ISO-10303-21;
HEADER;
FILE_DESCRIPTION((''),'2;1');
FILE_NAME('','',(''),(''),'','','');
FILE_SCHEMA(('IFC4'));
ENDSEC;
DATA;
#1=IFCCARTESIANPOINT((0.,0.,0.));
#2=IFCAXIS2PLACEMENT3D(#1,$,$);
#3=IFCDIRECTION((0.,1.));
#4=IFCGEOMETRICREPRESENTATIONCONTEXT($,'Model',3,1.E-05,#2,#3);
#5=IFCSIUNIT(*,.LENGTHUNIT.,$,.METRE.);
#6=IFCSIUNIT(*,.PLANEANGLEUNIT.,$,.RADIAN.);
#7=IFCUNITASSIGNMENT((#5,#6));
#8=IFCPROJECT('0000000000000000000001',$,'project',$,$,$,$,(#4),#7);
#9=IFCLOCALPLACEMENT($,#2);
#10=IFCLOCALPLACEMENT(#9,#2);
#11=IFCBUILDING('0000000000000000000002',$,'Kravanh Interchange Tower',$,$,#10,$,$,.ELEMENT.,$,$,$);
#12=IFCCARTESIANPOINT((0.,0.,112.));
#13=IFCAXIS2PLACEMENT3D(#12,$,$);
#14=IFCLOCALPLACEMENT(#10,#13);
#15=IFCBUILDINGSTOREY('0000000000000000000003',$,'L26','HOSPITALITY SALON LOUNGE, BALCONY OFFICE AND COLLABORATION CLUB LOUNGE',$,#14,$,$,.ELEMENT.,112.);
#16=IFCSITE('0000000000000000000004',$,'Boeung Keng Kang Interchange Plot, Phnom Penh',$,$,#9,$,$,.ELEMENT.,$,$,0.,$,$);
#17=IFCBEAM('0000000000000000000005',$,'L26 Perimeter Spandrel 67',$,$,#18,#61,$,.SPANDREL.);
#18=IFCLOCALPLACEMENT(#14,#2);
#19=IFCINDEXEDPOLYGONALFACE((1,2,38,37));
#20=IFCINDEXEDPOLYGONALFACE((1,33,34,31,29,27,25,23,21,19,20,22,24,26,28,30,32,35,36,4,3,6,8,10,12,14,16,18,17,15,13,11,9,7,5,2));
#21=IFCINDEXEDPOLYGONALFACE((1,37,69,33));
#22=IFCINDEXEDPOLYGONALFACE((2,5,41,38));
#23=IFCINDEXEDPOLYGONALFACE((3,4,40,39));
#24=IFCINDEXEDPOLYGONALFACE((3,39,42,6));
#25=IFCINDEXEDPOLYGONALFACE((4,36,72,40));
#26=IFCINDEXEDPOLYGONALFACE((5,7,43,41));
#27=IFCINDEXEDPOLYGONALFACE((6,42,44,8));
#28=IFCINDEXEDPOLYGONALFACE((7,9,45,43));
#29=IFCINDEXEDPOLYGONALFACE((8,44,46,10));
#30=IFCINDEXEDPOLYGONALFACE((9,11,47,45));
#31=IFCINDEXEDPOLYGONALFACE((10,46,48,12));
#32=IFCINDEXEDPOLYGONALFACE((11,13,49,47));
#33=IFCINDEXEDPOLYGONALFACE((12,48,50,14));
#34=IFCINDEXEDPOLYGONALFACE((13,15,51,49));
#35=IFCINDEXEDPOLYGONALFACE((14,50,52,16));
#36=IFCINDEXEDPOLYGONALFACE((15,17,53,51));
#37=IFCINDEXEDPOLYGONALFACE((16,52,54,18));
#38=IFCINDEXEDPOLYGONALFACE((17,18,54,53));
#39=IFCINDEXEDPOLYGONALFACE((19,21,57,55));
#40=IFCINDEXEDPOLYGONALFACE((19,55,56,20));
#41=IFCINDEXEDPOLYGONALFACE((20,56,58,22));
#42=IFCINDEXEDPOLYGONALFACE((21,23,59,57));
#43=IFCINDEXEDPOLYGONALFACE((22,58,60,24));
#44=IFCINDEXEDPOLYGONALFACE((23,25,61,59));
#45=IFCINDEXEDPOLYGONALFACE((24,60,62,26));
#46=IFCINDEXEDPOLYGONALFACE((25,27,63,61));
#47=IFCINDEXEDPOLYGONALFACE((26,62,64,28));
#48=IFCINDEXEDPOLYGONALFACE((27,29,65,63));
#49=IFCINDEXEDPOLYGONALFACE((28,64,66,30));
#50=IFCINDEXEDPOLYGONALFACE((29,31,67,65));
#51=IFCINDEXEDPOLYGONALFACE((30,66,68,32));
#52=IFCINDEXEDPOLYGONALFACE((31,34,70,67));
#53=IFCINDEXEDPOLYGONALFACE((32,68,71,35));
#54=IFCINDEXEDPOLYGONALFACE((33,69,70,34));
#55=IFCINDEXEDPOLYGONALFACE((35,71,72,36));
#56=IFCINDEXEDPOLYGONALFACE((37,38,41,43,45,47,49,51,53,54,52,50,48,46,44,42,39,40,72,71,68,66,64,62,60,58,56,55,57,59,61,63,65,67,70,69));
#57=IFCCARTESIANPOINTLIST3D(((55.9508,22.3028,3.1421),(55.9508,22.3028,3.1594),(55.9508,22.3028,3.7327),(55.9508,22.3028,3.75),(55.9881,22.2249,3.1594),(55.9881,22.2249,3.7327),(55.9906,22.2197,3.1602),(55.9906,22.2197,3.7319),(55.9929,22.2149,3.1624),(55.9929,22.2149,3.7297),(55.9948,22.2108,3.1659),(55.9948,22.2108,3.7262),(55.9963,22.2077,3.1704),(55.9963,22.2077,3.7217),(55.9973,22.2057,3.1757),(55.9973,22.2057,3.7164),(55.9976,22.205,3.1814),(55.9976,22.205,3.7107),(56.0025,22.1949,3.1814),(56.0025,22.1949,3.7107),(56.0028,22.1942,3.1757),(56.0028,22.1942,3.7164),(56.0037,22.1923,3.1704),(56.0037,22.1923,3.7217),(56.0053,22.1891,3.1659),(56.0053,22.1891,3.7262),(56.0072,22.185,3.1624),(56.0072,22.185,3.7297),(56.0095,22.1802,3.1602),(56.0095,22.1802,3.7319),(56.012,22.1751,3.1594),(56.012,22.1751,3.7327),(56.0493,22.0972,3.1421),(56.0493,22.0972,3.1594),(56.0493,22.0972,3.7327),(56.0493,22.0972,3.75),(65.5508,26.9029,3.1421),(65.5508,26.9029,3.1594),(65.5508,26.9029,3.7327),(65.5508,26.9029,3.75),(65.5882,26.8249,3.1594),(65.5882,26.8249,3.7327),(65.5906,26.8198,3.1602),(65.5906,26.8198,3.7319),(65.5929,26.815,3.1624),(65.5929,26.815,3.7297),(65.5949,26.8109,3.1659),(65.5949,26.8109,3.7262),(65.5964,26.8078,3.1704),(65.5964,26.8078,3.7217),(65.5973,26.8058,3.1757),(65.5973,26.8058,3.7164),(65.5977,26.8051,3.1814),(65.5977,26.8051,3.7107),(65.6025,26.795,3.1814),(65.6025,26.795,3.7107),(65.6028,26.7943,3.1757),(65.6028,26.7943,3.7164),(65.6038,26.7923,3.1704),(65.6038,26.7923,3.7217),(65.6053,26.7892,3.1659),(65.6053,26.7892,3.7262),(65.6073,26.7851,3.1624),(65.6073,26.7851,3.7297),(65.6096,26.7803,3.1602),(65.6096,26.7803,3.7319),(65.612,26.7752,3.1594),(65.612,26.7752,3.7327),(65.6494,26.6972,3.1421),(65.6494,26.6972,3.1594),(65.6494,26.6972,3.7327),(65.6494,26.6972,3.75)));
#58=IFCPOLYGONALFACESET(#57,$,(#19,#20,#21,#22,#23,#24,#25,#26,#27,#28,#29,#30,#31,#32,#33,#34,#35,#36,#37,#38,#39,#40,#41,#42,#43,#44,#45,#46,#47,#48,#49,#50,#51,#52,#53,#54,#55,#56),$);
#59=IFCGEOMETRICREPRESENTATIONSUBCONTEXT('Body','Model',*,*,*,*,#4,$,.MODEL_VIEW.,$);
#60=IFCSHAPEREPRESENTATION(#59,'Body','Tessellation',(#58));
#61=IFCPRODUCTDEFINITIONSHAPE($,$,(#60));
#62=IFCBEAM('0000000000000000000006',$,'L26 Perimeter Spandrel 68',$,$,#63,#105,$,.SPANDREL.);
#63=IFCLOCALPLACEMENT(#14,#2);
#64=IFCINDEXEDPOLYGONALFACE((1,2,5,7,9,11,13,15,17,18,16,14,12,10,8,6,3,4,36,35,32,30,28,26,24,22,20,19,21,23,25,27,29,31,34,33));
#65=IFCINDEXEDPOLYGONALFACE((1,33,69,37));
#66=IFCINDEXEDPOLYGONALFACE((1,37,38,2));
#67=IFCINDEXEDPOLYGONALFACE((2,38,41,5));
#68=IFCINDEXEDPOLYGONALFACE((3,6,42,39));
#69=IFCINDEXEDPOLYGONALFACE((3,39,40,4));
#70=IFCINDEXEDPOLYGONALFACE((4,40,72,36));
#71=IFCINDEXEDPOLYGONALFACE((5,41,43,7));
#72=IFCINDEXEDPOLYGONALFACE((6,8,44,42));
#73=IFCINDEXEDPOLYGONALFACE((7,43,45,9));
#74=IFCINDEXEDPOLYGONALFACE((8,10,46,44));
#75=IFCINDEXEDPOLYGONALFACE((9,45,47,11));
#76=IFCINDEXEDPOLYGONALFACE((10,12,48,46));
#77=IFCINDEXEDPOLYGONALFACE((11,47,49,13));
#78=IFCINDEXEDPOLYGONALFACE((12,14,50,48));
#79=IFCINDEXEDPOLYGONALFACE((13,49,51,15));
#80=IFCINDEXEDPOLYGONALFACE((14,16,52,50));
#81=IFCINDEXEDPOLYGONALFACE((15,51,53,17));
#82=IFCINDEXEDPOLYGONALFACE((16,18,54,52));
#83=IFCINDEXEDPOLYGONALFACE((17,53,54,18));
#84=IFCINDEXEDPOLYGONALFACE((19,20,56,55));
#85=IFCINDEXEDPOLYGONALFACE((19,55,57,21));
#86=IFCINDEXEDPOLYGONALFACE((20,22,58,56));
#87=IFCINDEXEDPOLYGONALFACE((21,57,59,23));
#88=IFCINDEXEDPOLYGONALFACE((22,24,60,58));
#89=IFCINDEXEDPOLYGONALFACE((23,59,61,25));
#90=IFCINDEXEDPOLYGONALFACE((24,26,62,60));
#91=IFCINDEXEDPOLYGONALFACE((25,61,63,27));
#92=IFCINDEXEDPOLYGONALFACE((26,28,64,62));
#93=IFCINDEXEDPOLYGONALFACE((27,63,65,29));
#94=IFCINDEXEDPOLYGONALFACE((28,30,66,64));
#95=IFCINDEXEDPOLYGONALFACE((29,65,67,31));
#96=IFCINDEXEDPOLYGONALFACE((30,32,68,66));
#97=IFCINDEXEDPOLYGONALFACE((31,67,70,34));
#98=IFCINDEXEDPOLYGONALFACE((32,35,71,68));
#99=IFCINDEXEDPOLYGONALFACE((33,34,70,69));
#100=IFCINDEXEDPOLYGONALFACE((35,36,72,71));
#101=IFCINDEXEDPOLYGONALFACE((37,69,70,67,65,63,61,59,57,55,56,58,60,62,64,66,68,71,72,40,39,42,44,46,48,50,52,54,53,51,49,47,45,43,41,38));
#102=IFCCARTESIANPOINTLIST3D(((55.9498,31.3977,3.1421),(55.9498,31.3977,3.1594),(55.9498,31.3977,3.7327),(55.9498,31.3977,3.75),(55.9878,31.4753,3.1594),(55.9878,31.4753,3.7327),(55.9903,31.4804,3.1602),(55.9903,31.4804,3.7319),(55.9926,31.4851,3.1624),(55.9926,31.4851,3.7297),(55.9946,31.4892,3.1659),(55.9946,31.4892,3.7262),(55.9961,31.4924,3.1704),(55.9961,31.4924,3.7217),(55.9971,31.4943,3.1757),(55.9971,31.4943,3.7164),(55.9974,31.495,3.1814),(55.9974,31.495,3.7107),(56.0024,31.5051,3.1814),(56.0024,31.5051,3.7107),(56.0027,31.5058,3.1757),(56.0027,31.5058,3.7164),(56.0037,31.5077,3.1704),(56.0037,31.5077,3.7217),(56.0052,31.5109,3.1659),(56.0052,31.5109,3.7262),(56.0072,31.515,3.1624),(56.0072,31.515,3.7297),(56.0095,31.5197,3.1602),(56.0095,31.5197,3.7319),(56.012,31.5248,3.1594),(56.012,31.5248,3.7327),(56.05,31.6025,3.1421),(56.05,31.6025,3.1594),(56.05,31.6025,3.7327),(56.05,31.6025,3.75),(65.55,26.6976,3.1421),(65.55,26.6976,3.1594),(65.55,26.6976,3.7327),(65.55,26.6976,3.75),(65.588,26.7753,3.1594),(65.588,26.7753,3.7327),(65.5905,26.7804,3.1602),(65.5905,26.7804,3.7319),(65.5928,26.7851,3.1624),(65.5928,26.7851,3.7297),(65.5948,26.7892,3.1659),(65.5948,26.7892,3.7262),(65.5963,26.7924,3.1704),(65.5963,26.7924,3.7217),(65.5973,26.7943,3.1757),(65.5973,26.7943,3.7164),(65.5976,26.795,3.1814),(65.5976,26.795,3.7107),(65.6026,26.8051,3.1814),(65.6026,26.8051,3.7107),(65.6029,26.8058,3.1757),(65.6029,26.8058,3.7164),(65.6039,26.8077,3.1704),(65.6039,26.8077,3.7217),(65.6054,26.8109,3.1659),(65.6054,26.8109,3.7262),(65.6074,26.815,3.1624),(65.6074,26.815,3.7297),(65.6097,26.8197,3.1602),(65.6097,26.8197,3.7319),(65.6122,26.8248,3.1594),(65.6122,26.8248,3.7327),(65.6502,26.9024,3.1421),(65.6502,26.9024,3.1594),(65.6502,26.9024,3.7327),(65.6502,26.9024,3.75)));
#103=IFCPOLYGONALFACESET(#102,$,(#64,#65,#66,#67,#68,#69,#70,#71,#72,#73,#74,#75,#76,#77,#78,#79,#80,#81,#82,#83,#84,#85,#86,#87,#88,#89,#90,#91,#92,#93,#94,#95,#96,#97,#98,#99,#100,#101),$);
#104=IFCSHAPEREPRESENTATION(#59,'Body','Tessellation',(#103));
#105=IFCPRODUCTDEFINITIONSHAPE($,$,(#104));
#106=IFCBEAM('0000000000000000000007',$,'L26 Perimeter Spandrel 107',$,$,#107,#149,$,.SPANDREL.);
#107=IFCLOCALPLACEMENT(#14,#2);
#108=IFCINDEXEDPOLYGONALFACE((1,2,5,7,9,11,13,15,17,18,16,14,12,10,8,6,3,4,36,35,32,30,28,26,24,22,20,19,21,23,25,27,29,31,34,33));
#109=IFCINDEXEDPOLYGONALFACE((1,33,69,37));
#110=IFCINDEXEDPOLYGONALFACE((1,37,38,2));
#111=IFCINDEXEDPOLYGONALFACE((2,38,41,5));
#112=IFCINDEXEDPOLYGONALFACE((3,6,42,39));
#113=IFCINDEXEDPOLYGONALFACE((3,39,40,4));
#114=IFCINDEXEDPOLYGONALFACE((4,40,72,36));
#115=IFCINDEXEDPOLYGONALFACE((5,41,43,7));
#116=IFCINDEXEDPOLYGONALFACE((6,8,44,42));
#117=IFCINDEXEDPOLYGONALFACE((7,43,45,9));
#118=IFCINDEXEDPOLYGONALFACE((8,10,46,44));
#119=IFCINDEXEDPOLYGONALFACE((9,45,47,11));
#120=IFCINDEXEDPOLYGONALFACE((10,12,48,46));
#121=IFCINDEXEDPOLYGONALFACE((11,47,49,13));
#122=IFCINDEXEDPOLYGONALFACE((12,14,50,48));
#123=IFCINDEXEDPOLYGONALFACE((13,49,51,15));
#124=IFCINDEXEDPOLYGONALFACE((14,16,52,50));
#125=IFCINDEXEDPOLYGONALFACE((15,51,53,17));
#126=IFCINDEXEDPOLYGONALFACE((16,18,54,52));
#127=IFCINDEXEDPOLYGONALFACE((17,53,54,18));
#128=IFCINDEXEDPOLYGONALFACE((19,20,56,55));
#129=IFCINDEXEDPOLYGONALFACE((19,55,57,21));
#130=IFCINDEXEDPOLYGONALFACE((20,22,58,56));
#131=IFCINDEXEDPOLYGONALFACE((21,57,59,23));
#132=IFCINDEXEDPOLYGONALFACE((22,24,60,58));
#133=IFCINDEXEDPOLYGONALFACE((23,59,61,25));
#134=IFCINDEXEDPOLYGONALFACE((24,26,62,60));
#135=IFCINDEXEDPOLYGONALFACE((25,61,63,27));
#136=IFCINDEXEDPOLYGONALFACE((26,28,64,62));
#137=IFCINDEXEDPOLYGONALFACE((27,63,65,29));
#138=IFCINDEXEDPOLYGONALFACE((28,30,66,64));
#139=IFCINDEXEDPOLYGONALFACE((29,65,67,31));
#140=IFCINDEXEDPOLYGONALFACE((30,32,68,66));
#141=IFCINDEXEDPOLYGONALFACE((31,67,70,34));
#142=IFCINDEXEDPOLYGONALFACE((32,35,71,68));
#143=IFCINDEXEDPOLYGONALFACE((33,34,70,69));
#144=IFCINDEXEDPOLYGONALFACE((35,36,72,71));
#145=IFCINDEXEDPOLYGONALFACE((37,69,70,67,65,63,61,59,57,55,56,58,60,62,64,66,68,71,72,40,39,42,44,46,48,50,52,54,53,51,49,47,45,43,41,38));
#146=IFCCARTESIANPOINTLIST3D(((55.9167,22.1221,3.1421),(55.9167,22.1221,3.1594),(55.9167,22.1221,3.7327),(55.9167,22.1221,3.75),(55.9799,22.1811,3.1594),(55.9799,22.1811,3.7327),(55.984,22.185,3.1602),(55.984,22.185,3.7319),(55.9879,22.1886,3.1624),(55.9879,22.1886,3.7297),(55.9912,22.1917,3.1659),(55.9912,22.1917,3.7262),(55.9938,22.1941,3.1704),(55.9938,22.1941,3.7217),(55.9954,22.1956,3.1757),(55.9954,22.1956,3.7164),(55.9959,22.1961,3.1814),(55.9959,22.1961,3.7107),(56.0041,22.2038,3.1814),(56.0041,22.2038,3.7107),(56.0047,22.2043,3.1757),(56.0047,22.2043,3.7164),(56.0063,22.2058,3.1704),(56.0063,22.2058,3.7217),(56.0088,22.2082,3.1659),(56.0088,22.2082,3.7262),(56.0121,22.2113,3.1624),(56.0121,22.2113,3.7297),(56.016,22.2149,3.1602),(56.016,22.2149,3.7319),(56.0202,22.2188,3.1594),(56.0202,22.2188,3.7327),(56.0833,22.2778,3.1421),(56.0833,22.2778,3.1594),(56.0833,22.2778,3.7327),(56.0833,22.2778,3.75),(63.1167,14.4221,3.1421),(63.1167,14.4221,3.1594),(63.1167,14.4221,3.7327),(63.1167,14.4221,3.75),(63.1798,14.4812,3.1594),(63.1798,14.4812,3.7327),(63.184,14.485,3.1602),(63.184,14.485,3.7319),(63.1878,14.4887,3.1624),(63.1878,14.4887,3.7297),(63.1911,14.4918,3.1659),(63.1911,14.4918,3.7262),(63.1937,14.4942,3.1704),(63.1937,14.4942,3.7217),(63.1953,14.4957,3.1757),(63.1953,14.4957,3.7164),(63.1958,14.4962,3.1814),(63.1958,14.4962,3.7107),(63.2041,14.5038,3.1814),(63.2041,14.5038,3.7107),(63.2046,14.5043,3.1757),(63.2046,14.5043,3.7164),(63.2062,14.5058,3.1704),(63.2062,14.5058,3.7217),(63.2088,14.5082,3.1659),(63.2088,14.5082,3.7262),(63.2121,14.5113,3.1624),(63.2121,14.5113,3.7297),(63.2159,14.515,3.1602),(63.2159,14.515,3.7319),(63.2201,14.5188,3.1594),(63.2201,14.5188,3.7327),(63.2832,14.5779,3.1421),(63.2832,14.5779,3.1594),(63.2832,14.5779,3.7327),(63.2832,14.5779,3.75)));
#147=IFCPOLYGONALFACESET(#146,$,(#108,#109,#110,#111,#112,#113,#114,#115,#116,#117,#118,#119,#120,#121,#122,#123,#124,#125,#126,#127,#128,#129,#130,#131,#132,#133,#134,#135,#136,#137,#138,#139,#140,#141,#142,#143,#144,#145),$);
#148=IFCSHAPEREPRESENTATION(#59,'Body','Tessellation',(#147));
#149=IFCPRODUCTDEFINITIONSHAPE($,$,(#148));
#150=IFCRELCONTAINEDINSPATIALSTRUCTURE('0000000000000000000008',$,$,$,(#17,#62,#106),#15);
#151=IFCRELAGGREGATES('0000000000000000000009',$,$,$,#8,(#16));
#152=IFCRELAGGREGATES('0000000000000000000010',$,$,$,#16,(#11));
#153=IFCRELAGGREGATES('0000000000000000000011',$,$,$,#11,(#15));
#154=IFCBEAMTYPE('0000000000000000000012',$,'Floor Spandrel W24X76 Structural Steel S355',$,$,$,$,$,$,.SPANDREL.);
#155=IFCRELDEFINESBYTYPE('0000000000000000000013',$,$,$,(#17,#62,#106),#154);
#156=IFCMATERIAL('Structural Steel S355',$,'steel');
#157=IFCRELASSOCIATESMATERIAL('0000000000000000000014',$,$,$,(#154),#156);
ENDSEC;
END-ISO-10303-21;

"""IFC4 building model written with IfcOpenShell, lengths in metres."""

from ifc_helpers import new_model, si_unit, direction, frame, origin, origin_2d, place, context, subcontext, project, spatial, i_section, extrude, material, material_profile, profile_set, type_object, element, save


model = new_model("IFC4")

# Units and contexts
model_context = context("Model", 3, precision=1e-05, world=origin(), true_north=direction((0.0, 1.0)))
body_context = subcontext(model_context, "Body", "Model", "MODEL_VIEW")
ifc_project = project(units=[si_unit("LENGTHUNIT", "METRE"), si_unit("PLANEANGLEUNIT", "RADIAN")], contexts=[model_context])

# Site, building, storey
site_placement = place(None, origin())
site = spatial("IfcSite", under=ifc_project, at=site_placement, Name="Boeung Keng Kang Interchange Plot, Phnom Penh", CompositionType="ELEMENT", RefElevation=0.0)
building_placement = place(site_placement, origin())
building = spatial("IfcBuilding", under=site, at=building_placement, Name="Kravanh Interchange Tower", CompositionType="ELEMENT")
storey_placement = place(building_placement, frame((0.0, 0.0, 112.0)))
storey = spatial("IfcBuildingStorey", under=building, at=storey_placement, Name="L26", Description="HOSPITALITY SALON LOUNGE, BALCONY OFFICE AND COLLABORATION CLUB LOUNGE", CompositionType="ELEMENT", Elevation=112.0)

# Beams
ifc_material_1 = material(Name="Structural Steel S355", Category="steel")
ifc_material_profile_1 = material_profile(ifc_material_1, i_section(OverallWidth=0.228, OverallDepth=0.6079, WebThickness=0.0112, FlangeThickness=0.0173, FilletRadius=0.022, at=origin_2d()), Name="W24X76")
ifc_profile_set_1 = profile_set([ifc_material_profile_1], Name="Structural Steel S355")
beam_type_1 = type_object("IfcBeamType", Name="Floor Spandrel W24X76 Structural Steel S355", PredefinedType="SPANDREL", material=ifc_profile_set_1)
beam_1_placement = place(storey_placement, frame((65.6001, 26.8, 3.446), z_axis=(-0.901814, -0.432124, 0.0), x_axis=(0.432124, -0.901814, 0.0)))
element("IfcBeam", 1, at=beam_1_placement, inside=storey, type_object=beam_type_1, Name="L26 Perimeter Spandrel 67", PredefinedType="SPANDREL", context=body_context, shape_type="SweptSolid", body=[
    extrude(i_section(OverallWidth=0.228, OverallDepth=0.6079, WebThickness=0.0112, FlangeThickness=0.0173, FilletRadius=0.022, at=origin_2d()), origin(), (0.0, 0.0, 1.0), 10.6453),
])
beam_2_placement = place(storey_placement, frame((65.6001, 26.8, 3.446), z_axis=(-0.898142, 0.439706, 0.0), x_axis=(-0.439706, -0.898142, 0.0)))
element("IfcBeam", 2, at=beam_2_placement, inside=storey, type_object=beam_type_1, Name="L26 Perimeter Spandrel 68", PredefinedType="SPANDREL", context=body_context, shape_type="SweptSolid", body=[
    extrude(i_section(OverallWidth=0.228, OverallDepth=0.6079, WebThickness=0.0112, FlangeThickness=0.0173, FilletRadius=0.022, at=origin_2d()), origin(), (0.0, 0.0, 1.0), 10.689),
])
beam_3_placement = place(storey_placement, frame((63.2, 14.5, 3.446), z_axis=(-0.682994, 0.730424, 0.0), x_axis=(-0.730424, -0.682994, 0.0)))
element("IfcBeam", 3, at=beam_3_placement, inside=storey, type_object=beam_type_1, Name="L26 Perimeter Spandrel 107", PredefinedType="SPANDREL", context=body_context, shape_type="SweptSolid", body=[
    extrude(i_section(OverallWidth=0.228, OverallDepth=0.6079, WebThickness=0.0112, FlangeThickness=0.0173, FilletRadius=0.022, at=origin_2d()), origin(), (0.0, 0.0, 1.0), 10.5417),
])

save(model, "model.ifc")
